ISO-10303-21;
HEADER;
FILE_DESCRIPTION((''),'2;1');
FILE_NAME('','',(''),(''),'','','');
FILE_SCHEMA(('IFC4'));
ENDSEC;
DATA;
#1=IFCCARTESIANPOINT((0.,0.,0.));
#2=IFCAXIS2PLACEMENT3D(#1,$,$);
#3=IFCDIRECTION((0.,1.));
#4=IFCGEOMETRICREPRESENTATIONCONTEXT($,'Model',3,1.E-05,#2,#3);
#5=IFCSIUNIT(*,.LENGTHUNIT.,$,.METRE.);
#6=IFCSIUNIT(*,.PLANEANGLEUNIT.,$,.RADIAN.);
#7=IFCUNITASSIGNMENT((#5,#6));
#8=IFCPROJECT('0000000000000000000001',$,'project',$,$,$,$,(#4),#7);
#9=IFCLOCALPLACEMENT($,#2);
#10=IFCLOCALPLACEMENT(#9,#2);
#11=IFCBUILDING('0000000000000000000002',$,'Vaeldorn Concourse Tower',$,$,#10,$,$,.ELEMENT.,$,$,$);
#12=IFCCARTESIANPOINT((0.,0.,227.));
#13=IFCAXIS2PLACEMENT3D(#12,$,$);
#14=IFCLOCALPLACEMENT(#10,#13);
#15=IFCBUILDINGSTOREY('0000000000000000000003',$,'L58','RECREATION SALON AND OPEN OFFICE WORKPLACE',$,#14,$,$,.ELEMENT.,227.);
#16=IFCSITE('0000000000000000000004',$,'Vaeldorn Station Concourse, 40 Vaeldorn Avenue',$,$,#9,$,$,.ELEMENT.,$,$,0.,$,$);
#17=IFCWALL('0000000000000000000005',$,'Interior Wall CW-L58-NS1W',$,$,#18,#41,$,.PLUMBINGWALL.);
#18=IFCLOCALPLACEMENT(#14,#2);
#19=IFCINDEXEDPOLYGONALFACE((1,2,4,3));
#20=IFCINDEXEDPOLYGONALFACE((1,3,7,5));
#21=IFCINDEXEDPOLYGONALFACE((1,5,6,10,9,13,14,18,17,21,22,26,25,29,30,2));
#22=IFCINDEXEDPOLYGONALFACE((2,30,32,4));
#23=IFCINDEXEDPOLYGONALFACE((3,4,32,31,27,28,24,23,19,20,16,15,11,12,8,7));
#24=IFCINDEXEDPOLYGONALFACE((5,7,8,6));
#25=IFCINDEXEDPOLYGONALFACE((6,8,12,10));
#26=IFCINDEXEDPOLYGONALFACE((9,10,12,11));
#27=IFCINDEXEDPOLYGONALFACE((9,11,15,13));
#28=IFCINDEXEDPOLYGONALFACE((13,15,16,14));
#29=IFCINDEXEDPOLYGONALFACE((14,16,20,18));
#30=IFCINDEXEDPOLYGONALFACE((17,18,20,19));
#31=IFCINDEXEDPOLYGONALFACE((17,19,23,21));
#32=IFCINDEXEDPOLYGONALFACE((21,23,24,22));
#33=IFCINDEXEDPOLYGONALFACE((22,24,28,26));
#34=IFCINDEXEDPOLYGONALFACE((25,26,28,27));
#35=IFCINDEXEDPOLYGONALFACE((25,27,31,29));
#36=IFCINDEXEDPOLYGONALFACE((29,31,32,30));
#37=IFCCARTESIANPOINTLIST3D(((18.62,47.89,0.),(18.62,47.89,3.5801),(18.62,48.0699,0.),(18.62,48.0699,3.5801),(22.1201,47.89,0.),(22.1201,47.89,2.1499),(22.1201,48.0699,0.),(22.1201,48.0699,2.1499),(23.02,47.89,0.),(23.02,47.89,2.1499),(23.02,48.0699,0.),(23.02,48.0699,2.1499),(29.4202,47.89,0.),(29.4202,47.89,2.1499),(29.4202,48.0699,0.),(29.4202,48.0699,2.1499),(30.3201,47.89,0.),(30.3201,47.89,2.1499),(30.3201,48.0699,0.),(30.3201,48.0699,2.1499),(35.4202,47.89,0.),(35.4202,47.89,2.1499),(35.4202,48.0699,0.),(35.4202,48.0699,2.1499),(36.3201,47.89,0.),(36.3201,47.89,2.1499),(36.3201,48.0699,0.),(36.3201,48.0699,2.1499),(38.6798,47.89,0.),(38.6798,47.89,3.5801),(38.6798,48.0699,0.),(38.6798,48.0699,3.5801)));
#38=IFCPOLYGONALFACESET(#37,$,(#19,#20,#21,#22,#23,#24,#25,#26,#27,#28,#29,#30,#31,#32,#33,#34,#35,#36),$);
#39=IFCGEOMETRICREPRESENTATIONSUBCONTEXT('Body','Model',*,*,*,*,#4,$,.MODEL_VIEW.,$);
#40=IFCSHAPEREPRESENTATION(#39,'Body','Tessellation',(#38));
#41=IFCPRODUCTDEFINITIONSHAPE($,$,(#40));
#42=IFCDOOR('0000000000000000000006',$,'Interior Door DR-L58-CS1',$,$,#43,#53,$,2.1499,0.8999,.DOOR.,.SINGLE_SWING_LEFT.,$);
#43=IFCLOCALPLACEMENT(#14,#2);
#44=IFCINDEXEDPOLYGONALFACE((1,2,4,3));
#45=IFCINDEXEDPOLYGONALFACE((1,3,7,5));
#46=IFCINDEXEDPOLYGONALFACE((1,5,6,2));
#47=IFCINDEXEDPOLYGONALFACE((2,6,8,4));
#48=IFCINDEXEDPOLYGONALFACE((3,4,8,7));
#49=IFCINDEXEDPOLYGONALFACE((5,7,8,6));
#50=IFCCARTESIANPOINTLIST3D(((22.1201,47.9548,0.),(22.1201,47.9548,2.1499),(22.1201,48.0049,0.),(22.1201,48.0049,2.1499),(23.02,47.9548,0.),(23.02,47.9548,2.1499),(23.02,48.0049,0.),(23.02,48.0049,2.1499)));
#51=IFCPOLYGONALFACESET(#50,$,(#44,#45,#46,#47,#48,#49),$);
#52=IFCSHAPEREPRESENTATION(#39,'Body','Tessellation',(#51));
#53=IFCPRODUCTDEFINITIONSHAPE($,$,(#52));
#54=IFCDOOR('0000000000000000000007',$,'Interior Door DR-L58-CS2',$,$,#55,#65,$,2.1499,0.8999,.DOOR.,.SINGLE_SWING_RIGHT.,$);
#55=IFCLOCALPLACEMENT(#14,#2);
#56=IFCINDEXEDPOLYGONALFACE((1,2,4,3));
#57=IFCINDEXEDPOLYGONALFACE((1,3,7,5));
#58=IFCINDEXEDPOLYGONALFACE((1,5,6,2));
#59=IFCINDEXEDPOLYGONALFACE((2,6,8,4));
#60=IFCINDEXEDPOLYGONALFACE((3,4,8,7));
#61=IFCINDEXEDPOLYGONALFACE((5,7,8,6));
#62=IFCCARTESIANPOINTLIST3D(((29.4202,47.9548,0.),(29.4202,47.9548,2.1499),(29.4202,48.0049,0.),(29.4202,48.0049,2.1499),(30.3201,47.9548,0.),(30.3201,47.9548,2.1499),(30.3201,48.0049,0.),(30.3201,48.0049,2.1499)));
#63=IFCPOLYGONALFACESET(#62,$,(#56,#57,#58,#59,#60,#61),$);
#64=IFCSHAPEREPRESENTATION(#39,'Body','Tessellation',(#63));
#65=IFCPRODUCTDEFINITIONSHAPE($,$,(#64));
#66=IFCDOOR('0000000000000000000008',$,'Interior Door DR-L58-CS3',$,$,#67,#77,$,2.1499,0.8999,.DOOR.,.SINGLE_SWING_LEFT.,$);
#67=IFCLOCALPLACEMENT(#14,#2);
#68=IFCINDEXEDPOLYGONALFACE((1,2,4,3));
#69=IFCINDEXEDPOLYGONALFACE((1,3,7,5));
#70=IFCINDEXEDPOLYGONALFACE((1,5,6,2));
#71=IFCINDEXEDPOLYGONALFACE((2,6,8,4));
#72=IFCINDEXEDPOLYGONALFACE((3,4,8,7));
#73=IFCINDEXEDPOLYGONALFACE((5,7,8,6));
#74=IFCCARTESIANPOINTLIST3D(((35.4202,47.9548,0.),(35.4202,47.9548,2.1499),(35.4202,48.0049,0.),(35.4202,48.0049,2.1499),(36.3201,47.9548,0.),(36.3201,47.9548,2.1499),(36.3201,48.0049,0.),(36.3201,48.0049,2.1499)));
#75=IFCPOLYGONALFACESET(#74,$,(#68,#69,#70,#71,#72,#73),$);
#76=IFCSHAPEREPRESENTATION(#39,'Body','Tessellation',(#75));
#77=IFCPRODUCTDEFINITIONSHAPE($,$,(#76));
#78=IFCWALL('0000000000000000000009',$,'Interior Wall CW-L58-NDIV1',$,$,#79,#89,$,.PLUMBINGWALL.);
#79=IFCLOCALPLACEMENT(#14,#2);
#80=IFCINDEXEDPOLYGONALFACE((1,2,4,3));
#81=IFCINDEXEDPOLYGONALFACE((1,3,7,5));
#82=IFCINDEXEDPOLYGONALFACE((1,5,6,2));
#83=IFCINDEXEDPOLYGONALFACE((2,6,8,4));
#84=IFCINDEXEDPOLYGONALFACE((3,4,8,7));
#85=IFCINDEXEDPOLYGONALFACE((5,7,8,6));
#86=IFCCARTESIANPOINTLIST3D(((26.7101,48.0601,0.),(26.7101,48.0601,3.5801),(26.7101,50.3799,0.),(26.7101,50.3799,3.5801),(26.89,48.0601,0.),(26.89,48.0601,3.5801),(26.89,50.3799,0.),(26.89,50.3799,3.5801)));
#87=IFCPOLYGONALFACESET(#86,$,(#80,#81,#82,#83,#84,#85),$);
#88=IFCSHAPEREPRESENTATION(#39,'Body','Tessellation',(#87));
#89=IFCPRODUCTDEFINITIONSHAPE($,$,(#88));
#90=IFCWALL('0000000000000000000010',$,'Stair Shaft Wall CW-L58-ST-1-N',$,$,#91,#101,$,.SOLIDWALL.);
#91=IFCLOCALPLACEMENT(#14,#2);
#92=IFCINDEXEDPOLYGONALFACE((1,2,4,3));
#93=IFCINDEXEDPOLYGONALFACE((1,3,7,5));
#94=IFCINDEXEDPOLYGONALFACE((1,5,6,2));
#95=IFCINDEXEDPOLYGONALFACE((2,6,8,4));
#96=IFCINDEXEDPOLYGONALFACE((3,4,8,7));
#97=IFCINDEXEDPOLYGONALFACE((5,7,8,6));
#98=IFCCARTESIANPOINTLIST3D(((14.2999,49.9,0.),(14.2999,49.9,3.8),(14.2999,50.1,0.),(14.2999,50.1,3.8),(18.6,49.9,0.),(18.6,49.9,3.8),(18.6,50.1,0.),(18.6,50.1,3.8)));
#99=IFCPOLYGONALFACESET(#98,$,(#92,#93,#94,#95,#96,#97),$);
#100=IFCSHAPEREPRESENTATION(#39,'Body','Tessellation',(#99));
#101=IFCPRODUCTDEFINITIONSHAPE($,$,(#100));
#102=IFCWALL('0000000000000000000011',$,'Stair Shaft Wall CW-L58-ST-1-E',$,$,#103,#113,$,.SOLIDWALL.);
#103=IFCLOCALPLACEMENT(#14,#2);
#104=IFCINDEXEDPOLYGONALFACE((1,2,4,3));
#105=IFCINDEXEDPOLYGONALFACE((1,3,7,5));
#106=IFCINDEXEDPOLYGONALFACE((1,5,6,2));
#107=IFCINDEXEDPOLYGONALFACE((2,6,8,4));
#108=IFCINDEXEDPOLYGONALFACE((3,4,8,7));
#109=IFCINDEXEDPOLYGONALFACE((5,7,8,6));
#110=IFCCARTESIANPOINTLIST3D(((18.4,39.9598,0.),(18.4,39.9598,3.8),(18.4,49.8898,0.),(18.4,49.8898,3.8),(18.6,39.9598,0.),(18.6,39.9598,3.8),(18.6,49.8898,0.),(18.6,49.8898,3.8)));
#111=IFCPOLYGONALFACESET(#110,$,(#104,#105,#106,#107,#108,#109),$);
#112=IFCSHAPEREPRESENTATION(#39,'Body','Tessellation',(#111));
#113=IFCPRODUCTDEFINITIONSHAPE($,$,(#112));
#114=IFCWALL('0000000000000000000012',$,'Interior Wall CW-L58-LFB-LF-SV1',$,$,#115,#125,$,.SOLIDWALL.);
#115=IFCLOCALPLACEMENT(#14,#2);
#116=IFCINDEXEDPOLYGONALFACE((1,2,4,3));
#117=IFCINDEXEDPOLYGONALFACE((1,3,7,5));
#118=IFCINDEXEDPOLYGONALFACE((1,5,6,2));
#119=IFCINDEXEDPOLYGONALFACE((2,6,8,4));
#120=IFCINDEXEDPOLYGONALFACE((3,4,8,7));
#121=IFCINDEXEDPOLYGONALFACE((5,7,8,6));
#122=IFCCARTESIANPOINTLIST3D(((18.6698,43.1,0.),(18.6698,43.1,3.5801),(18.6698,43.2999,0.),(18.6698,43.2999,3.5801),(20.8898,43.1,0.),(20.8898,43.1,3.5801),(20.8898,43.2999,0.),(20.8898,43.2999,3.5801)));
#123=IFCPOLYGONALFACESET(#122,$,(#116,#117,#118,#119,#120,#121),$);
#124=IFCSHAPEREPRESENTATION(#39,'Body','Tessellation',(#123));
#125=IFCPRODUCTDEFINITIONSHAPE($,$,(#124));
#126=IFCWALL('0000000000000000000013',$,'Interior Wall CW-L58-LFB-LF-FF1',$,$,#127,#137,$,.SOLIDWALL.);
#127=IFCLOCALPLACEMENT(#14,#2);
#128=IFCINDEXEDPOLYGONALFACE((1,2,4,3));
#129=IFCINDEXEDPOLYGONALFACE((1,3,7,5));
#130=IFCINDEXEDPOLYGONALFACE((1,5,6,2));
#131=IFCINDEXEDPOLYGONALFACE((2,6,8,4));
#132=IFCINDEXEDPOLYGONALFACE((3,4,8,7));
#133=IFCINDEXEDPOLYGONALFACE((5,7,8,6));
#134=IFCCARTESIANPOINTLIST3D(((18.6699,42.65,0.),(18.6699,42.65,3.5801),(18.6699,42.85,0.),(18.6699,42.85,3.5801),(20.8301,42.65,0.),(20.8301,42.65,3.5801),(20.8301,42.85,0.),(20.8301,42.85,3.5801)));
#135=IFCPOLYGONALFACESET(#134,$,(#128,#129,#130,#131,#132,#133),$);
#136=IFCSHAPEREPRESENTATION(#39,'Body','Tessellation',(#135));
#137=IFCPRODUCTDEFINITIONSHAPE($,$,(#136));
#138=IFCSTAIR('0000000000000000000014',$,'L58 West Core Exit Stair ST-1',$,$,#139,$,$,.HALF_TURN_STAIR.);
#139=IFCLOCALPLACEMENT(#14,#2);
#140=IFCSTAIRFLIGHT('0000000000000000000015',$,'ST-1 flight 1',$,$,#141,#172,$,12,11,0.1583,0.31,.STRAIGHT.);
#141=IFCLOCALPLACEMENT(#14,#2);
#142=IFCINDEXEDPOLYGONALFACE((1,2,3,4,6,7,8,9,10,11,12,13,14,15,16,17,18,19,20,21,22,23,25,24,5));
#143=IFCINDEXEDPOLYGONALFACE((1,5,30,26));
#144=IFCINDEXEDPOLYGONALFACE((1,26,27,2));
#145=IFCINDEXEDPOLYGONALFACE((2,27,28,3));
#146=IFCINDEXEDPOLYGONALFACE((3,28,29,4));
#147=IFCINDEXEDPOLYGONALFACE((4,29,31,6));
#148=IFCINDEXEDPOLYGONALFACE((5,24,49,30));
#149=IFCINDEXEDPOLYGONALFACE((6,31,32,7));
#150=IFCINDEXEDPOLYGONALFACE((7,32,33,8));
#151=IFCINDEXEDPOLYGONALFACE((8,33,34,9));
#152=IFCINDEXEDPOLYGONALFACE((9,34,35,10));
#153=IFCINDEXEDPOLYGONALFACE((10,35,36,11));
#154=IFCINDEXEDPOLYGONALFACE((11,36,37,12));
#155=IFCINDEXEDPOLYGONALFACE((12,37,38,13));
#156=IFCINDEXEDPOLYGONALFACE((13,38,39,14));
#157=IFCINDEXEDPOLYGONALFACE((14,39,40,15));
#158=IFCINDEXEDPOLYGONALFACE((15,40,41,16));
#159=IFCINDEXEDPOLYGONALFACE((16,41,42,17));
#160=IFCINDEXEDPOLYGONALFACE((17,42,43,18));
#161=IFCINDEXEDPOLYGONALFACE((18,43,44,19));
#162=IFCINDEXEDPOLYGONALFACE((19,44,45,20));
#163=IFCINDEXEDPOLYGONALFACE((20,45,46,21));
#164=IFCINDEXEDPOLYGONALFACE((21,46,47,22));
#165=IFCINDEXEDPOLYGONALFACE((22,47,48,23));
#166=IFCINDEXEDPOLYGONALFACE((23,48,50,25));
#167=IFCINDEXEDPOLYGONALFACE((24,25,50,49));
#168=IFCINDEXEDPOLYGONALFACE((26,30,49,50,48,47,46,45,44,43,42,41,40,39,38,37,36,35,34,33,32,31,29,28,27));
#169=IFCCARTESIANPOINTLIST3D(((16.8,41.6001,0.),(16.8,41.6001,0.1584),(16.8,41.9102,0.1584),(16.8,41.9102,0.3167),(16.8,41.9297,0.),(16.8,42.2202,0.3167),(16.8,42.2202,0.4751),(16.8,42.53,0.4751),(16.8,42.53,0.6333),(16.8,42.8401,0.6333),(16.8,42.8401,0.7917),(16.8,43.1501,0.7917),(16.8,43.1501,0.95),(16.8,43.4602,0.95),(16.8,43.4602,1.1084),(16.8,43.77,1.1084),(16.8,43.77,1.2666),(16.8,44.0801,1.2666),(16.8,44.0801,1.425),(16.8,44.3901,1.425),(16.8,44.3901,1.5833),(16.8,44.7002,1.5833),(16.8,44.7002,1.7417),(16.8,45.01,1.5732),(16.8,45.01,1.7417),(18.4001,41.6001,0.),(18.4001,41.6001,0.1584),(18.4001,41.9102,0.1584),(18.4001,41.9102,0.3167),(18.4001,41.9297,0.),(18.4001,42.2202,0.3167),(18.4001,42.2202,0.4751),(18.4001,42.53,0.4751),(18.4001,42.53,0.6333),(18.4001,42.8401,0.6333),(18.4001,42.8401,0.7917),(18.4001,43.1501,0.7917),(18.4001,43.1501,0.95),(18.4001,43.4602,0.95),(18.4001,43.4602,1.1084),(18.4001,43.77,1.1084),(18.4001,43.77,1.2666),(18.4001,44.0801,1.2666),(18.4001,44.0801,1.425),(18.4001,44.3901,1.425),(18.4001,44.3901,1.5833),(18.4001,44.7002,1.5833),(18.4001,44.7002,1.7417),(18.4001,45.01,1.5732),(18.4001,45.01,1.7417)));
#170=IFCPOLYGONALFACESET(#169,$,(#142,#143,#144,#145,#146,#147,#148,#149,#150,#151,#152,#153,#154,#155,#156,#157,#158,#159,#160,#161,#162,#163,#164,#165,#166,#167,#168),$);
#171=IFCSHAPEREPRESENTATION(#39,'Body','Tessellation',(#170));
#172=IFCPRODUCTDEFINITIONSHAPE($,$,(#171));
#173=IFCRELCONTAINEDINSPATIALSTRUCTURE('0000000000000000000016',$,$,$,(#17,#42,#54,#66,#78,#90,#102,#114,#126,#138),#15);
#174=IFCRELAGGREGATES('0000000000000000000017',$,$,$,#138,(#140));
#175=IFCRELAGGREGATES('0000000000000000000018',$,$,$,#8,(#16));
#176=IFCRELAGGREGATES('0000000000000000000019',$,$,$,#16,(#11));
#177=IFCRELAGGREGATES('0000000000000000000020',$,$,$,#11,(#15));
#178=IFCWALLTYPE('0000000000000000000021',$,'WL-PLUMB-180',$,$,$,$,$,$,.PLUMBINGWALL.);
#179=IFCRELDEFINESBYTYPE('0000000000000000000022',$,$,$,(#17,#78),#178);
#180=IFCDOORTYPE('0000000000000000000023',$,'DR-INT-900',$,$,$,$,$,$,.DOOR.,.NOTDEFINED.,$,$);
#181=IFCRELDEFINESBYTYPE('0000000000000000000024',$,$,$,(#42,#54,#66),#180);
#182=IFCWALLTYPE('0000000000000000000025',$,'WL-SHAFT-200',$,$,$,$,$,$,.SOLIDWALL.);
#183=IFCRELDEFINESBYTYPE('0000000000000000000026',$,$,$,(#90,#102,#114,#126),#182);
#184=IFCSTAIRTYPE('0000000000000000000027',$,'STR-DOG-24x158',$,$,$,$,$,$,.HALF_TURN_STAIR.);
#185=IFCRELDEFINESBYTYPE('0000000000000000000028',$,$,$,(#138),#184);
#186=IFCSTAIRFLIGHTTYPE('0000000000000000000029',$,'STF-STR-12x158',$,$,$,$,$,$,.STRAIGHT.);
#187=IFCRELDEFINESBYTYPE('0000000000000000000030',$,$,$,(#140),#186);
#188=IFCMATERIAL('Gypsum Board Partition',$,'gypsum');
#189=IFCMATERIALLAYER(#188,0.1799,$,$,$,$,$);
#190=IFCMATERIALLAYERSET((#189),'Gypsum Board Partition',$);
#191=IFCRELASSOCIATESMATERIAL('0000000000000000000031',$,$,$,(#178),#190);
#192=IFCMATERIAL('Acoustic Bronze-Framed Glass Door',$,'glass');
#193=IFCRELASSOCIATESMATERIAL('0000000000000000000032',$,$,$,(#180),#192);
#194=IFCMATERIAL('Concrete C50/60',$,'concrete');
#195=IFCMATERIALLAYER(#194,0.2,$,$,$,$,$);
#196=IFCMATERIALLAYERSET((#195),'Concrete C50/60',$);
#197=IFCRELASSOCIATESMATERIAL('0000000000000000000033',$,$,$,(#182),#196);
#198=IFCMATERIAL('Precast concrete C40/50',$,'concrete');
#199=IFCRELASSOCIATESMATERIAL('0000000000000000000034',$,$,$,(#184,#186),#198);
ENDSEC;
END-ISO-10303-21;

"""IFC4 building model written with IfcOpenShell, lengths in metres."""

from ifc_helpers import new_model, si_unit, direction, frame, frame_2d, origin, place, context, subcontext, project, spatial, polyline, rectangle, outline, extrude, source, transform, mapped, material, layer, layer_set, type_object, element, fill, aggregate, save


model = new_model("IFC4")

# Units and contexts
model_context = context("Model", 3, precision=1e-05, world=origin(), true_north=direction((0.0, 1.0)))
body_context = subcontext(model_context, "Body", "Model", "MODEL_VIEW")
ifc_project = project(units=[si_unit("LENGTHUNIT", "METRE"), si_unit("PLANEANGLEUNIT", "RADIAN")], contexts=[model_context])

# Site, building, storey
site_placement = place(None, origin())
site = spatial("IfcSite", under=ifc_project, at=site_placement, Name="Vaeldorn Station Concourse, 40 Vaeldorn Avenue", CompositionType="ELEMENT", RefElevation=0.0)
building_placement = place(site_placement, origin())
building = spatial("IfcBuilding", under=site, at=building_placement, Name="Vaeldorn Concourse Tower", CompositionType="ELEMENT")
storey_placement = place(building_placement, frame((0.0, 0.0, 227.0)))
storey = spatial("IfcBuildingStorey", under=building, at=storey_placement, Name="L58", Description="RECREATION SALON AND OPEN OFFICE WORKPLACE", CompositionType="ELEMENT", Elevation=227.0)

# Shared definitions
ifc_material_1 = material(Name="Concrete C50/60", Category="concrete")
ifc_material_2 = material(Name="Gypsum Board Partition", Category="gypsum")

# Wall, openings, doors
ifc_layer_1 = layer(ifc_material_2, 0.1799)
ifc_layer_set_1 = layer_set([ifc_layer_1], Name="Gypsum Board Partition")
wall_type_1 = type_object("IfcWallType", Name="WL-PLUMB-180", PredefinedType="PLUMBINGWALL", material=ifc_layer_set_1)
wall_1_placement = place(storey_placement, frame((18.6201, 47.98, 0.0), z_axis=(0.0, 0.0, 1.0), x_axis=(1.0, 0.0, 0.0)))
wall_1 = element("IfcWall", 1, at=wall_1_placement, inside=storey, type_object=wall_type_1, Name="Interior Wall CW-L58-NS1W", PredefinedType="PLUMBINGWALL", context=body_context, shape_type="SweptSolid", body=[
    extrude(rectangle(XDim=20.0598, YDim=0.1799, at=frame_2d((10.0298, 0.0))), origin(), (0.0, 0.0, 1.0), 3.5801),
])
opening_1_placement = place(wall_1_placement, frame((3.5, 0.0, 0.0)))
opening_1 = element("IfcOpeningElement", 2, at=opening_1_placement, cuts=wall_1, PredefinedType="OPENING", context=body_context, shape_type="SweptSolid", body=[
    extrude(rectangle(XDim=0.8999, YDim=2.1499, at=frame_2d((0.45, 1.075))), frame((0.0, 0.1001, 0.0), z_axis=(0.0, -1.0, 0.0), x_axis=(1.0, 0.0, 0.0)), (0.0, 0.0, 1.0), 0.2),
])
opening_2_placement = place(wall_1_placement, frame((10.8, 0.0, 0.0)))
opening_2 = element("IfcOpeningElement", 3, at=opening_2_placement, cuts=wall_1, PredefinedType="OPENING", context=body_context, shape_type="SweptSolid", body=[
    extrude(rectangle(XDim=0.8999, YDim=2.1499, at=frame_2d((0.45, 1.075))), frame((0.0, 0.1001, 0.0), z_axis=(0.0, -1.0, 0.0), x_axis=(1.0, 0.0, 0.0)), (0.0, 0.0, 1.0), 0.2),
])
opening_3_placement = place(wall_1_placement, frame((16.8, 0.0, 0.0)))
opening_3 = element("IfcOpeningElement", 4, at=opening_3_placement, cuts=wall_1, PredefinedType="OPENING", context=body_context, shape_type="SweptSolid", body=[
    extrude(rectangle(XDim=0.8999, YDim=2.1499, at=frame_2d((0.45, 1.075))), frame((0.0, 0.1001, 0.0), z_axis=(0.0, -1.0, 0.0), x_axis=(1.0, 0.0, 0.0)), (0.0, 0.0, 1.0), 0.2),
])
ifc_material_3 = material(Name="Acoustic Bronze-Framed Glass Door", Category="glass")
door_type_1 = type_object("IfcDoorType", Name="DR-INT-900", OperationType="NOTDEFINED", PredefinedType="DOOR", material=ifc_material_3)
shared_shape_1 = source(origin(), body_context, "Body", "SweptSolid", [
    extrude(rectangle(XDim=0.8999, YDim=2.1499, at=frame_2d((0.45, 1.075))), frame((0.0, 0.0249, 0.0), z_axis=(0.0, -1.0, 0.0), x_axis=(1.0, 0.0, 0.0)), (0.0, 0.0, 1.0), 0.05),
])
door_1_placement = place(opening_1_placement, origin())
door_1 = element("IfcDoor", 5, at=door_1_placement, inside=storey, type_object=door_type_1, Name="Interior Door DR-L58-CS1", OperationType="SINGLE_SWING_LEFT", OverallHeight=2.1499, OverallWidth=0.8999, PredefinedType="DOOR", context=body_context, shape_type="MappedRepresentation", body=[
    mapped(shared_shape_1, transform((0.0, 0.0, 0.0), scale=1.0)),
])
fill(opening_1, door_1)
door_2_placement = place(opening_2_placement, origin())
door_2 = element("IfcDoor", 6, at=door_2_placement, inside=storey, type_object=door_type_1, Name="Interior Door DR-L58-CS2", OperationType="SINGLE_SWING_RIGHT", OverallHeight=2.1499, OverallWidth=0.8999, PredefinedType="DOOR", context=body_context, shape_type="MappedRepresentation", body=[
    mapped(shared_shape_1, transform((0.0, 0.0, 0.0), scale=1.0)),
])
fill(opening_2, door_2)
door_3_placement = place(opening_3_placement, origin())
door_3 = element("IfcDoor", 7, at=door_3_placement, inside=storey, type_object=door_type_1, Name="Interior Door DR-L58-CS3", OperationType="SINGLE_SWING_LEFT", OverallHeight=2.1499, OverallWidth=0.8999, PredefinedType="DOOR", context=body_context, shape_type="MappedRepresentation", body=[
    mapped(shared_shape_1, transform((0.0, 0.0, 0.0), scale=1.0)),
])
fill(opening_3, door_3)

# Walls
wall_2_placement = place(storey_placement, frame((26.8, 48.0601, 0.0), z_axis=(0.0, 0.0, 1.0), x_axis=(0.0, 1.0, 0.0)))
element("IfcWall", 8, at=wall_2_placement, inside=storey, type_object=wall_type_1, Name="Interior Wall CW-L58-NDIV1", PredefinedType="PLUMBINGWALL", context=body_context, shape_type="SweptSolid", body=[
    extrude(rectangle(XDim=2.3198, YDim=0.1799, at=frame_2d((1.1599, 0.0))), origin(), (0.0, 0.0, 1.0), 3.5801),
])
ifc_layer_2 = layer(ifc_material_1, 0.2)
ifc_layer_set_2 = layer_set([ifc_layer_2], Name="Concrete C50/60")
wall_type_2 = type_object("IfcWallType", Name="WL-SHAFT-200", PredefinedType="SOLIDWALL", material=ifc_layer_set_2)
wall_3_placement = place(storey_placement, frame((14.3, 50.0, 0.0), z_axis=(0.0, 0.0, 1.0), x_axis=(1.0, 0.0, 0.0)))
element("IfcWall", 9, at=wall_3_placement, inside=storey, type_object=wall_type_2, Name="Stair Shaft Wall CW-L58-ST-1-N", PredefinedType="SOLIDWALL", context=body_context, shape_type="SweptSolid", body=[
    extrude(rectangle(XDim=4.3, YDim=0.2, at=frame_2d((2.1499, 0.0))), origin(), (0.0, 0.0, 1.0), 3.8),
])
wall_4_placement = place(storey_placement, frame((18.5, 39.96, 0.0), z_axis=(0.0, 0.0, 1.0), x_axis=(0.0, 1.0, 0.0)))
element("IfcWall", 10, at=wall_4_placement, inside=storey, type_object=wall_type_2, Name="Stair Shaft Wall CW-L58-ST-1-E", PredefinedType="SOLIDWALL", context=body_context, shape_type="SweptSolid", body=[
    extrude(rectangle(XDim=9.9299, YDim=0.2, at=frame_2d((4.9648, 0.0))), origin(), (0.0, 0.0, 1.0), 3.8),
])

# Walls
wall_5_placement = place(storey_placement, frame((18.6699, 43.2, 0.0), z_axis=(0.0, 0.0, 1.0), x_axis=(1.0, 0.0, 0.0)))
element("IfcWall", 11, at=wall_5_placement, inside=storey, type_object=wall_type_2, Name="Interior Wall CW-L58-LFB-LF-SV1", PredefinedType="SOLIDWALL", context=body_context, shape_type="SweptSolid", body=[
    extrude(rectangle(XDim=2.22, YDim=0.2, at=frame_2d((1.1099, 0.0))), origin(), (0.0, 0.0, 1.0), 3.5801),
])
wall_6_placement = place(storey_placement, frame((18.6699, 42.75, 0.0), z_axis=(0.0, 0.0, 1.0), x_axis=(1.0, 0.0, 0.0)))
element("IfcWall", 12, at=wall_6_placement, inside=storey, type_object=wall_type_2, Name="Interior Wall CW-L58-LFB-LF-FF1", PredefinedType="SOLIDWALL", context=body_context, shape_type="SweptSolid", body=[
    extrude(rectangle(XDim=2.1602, YDim=0.2, at=frame_2d((1.0801, 0.0))), origin(), (0.0, 0.0, 1.0), 3.5801),
])

# Stair, stair flight
ifc_material_4 = material(Name="Precast concrete C40/50", Category="concrete")
stair_type = type_object("IfcStairType", Name="STR-DOG-24x158", PredefinedType="HALF_TURN_STAIR", material=ifc_material_4)
stair_placement = place(storey_placement, origin())
stair = element("IfcStair", 13, at=stair_placement, inside=storey, type_object=stair_type, Name="L58 West Core Exit Stair ST-1", PredefinedType="HALF_TURN_STAIR")
stair_flight_type = type_object("IfcStairFlightType", Name="STF-STR-12x158", PredefinedType="STRAIGHT", material=ifc_material_4)
stair_flight_1_placement = place(storey_placement, frame((17.6001, 41.6001, 0.0), z_axis=(0.0, 0.0, 1.0), x_axis=(0.0, 1.0, 0.0)))
stair_flight_1 = element("IfcStairFlight", 14, at=stair_flight_1_placement, type_object=stair_flight_type, Name="ST-1 flight 1", NumberOfRisers=12, NumberOfTreads=11, PredefinedType="STRAIGHT", RiserHeight=0.1583, TreadLength=0.31, context=body_context, shape_type="SweptSolid", body=[
    extrude(outline(polyline([(0.0, 0.0), (0.0, 0.1584), (0.3101, 0.1584), (0.3101, 0.3167), (0.6201, 0.3167), (0.6201, 0.4751), (0.9299, 0.4751), (0.9299, 0.6333), (1.24, 0.6333), (1.24, 0.7917), (1.55, 0.7917), (1.55, 0.95), (1.8601, 0.95), (1.8601, 1.1084), (2.1699, 1.1084), (2.1699, 1.2666), (2.48, 1.2666), (2.48, 1.425), (2.79, 1.425), (2.79, 1.5833), (3.1001, 1.5833), (3.1001, 1.7417), (3.4099, 1.7417), (3.4099, 1.8999), (3.4099, 1.5732), (0.3296, 0.0), (0.0, 0.0)])), frame((0.0, 0.8, 0.0), z_axis=(0.0, -1.0, 0.0), x_axis=(1.0, 0.0, 0.0)), (0.0, 0.0, 1.0), 1.6001),
])
aggregate(stair, [stair_flight_1])

save(model, "model.ifc")
